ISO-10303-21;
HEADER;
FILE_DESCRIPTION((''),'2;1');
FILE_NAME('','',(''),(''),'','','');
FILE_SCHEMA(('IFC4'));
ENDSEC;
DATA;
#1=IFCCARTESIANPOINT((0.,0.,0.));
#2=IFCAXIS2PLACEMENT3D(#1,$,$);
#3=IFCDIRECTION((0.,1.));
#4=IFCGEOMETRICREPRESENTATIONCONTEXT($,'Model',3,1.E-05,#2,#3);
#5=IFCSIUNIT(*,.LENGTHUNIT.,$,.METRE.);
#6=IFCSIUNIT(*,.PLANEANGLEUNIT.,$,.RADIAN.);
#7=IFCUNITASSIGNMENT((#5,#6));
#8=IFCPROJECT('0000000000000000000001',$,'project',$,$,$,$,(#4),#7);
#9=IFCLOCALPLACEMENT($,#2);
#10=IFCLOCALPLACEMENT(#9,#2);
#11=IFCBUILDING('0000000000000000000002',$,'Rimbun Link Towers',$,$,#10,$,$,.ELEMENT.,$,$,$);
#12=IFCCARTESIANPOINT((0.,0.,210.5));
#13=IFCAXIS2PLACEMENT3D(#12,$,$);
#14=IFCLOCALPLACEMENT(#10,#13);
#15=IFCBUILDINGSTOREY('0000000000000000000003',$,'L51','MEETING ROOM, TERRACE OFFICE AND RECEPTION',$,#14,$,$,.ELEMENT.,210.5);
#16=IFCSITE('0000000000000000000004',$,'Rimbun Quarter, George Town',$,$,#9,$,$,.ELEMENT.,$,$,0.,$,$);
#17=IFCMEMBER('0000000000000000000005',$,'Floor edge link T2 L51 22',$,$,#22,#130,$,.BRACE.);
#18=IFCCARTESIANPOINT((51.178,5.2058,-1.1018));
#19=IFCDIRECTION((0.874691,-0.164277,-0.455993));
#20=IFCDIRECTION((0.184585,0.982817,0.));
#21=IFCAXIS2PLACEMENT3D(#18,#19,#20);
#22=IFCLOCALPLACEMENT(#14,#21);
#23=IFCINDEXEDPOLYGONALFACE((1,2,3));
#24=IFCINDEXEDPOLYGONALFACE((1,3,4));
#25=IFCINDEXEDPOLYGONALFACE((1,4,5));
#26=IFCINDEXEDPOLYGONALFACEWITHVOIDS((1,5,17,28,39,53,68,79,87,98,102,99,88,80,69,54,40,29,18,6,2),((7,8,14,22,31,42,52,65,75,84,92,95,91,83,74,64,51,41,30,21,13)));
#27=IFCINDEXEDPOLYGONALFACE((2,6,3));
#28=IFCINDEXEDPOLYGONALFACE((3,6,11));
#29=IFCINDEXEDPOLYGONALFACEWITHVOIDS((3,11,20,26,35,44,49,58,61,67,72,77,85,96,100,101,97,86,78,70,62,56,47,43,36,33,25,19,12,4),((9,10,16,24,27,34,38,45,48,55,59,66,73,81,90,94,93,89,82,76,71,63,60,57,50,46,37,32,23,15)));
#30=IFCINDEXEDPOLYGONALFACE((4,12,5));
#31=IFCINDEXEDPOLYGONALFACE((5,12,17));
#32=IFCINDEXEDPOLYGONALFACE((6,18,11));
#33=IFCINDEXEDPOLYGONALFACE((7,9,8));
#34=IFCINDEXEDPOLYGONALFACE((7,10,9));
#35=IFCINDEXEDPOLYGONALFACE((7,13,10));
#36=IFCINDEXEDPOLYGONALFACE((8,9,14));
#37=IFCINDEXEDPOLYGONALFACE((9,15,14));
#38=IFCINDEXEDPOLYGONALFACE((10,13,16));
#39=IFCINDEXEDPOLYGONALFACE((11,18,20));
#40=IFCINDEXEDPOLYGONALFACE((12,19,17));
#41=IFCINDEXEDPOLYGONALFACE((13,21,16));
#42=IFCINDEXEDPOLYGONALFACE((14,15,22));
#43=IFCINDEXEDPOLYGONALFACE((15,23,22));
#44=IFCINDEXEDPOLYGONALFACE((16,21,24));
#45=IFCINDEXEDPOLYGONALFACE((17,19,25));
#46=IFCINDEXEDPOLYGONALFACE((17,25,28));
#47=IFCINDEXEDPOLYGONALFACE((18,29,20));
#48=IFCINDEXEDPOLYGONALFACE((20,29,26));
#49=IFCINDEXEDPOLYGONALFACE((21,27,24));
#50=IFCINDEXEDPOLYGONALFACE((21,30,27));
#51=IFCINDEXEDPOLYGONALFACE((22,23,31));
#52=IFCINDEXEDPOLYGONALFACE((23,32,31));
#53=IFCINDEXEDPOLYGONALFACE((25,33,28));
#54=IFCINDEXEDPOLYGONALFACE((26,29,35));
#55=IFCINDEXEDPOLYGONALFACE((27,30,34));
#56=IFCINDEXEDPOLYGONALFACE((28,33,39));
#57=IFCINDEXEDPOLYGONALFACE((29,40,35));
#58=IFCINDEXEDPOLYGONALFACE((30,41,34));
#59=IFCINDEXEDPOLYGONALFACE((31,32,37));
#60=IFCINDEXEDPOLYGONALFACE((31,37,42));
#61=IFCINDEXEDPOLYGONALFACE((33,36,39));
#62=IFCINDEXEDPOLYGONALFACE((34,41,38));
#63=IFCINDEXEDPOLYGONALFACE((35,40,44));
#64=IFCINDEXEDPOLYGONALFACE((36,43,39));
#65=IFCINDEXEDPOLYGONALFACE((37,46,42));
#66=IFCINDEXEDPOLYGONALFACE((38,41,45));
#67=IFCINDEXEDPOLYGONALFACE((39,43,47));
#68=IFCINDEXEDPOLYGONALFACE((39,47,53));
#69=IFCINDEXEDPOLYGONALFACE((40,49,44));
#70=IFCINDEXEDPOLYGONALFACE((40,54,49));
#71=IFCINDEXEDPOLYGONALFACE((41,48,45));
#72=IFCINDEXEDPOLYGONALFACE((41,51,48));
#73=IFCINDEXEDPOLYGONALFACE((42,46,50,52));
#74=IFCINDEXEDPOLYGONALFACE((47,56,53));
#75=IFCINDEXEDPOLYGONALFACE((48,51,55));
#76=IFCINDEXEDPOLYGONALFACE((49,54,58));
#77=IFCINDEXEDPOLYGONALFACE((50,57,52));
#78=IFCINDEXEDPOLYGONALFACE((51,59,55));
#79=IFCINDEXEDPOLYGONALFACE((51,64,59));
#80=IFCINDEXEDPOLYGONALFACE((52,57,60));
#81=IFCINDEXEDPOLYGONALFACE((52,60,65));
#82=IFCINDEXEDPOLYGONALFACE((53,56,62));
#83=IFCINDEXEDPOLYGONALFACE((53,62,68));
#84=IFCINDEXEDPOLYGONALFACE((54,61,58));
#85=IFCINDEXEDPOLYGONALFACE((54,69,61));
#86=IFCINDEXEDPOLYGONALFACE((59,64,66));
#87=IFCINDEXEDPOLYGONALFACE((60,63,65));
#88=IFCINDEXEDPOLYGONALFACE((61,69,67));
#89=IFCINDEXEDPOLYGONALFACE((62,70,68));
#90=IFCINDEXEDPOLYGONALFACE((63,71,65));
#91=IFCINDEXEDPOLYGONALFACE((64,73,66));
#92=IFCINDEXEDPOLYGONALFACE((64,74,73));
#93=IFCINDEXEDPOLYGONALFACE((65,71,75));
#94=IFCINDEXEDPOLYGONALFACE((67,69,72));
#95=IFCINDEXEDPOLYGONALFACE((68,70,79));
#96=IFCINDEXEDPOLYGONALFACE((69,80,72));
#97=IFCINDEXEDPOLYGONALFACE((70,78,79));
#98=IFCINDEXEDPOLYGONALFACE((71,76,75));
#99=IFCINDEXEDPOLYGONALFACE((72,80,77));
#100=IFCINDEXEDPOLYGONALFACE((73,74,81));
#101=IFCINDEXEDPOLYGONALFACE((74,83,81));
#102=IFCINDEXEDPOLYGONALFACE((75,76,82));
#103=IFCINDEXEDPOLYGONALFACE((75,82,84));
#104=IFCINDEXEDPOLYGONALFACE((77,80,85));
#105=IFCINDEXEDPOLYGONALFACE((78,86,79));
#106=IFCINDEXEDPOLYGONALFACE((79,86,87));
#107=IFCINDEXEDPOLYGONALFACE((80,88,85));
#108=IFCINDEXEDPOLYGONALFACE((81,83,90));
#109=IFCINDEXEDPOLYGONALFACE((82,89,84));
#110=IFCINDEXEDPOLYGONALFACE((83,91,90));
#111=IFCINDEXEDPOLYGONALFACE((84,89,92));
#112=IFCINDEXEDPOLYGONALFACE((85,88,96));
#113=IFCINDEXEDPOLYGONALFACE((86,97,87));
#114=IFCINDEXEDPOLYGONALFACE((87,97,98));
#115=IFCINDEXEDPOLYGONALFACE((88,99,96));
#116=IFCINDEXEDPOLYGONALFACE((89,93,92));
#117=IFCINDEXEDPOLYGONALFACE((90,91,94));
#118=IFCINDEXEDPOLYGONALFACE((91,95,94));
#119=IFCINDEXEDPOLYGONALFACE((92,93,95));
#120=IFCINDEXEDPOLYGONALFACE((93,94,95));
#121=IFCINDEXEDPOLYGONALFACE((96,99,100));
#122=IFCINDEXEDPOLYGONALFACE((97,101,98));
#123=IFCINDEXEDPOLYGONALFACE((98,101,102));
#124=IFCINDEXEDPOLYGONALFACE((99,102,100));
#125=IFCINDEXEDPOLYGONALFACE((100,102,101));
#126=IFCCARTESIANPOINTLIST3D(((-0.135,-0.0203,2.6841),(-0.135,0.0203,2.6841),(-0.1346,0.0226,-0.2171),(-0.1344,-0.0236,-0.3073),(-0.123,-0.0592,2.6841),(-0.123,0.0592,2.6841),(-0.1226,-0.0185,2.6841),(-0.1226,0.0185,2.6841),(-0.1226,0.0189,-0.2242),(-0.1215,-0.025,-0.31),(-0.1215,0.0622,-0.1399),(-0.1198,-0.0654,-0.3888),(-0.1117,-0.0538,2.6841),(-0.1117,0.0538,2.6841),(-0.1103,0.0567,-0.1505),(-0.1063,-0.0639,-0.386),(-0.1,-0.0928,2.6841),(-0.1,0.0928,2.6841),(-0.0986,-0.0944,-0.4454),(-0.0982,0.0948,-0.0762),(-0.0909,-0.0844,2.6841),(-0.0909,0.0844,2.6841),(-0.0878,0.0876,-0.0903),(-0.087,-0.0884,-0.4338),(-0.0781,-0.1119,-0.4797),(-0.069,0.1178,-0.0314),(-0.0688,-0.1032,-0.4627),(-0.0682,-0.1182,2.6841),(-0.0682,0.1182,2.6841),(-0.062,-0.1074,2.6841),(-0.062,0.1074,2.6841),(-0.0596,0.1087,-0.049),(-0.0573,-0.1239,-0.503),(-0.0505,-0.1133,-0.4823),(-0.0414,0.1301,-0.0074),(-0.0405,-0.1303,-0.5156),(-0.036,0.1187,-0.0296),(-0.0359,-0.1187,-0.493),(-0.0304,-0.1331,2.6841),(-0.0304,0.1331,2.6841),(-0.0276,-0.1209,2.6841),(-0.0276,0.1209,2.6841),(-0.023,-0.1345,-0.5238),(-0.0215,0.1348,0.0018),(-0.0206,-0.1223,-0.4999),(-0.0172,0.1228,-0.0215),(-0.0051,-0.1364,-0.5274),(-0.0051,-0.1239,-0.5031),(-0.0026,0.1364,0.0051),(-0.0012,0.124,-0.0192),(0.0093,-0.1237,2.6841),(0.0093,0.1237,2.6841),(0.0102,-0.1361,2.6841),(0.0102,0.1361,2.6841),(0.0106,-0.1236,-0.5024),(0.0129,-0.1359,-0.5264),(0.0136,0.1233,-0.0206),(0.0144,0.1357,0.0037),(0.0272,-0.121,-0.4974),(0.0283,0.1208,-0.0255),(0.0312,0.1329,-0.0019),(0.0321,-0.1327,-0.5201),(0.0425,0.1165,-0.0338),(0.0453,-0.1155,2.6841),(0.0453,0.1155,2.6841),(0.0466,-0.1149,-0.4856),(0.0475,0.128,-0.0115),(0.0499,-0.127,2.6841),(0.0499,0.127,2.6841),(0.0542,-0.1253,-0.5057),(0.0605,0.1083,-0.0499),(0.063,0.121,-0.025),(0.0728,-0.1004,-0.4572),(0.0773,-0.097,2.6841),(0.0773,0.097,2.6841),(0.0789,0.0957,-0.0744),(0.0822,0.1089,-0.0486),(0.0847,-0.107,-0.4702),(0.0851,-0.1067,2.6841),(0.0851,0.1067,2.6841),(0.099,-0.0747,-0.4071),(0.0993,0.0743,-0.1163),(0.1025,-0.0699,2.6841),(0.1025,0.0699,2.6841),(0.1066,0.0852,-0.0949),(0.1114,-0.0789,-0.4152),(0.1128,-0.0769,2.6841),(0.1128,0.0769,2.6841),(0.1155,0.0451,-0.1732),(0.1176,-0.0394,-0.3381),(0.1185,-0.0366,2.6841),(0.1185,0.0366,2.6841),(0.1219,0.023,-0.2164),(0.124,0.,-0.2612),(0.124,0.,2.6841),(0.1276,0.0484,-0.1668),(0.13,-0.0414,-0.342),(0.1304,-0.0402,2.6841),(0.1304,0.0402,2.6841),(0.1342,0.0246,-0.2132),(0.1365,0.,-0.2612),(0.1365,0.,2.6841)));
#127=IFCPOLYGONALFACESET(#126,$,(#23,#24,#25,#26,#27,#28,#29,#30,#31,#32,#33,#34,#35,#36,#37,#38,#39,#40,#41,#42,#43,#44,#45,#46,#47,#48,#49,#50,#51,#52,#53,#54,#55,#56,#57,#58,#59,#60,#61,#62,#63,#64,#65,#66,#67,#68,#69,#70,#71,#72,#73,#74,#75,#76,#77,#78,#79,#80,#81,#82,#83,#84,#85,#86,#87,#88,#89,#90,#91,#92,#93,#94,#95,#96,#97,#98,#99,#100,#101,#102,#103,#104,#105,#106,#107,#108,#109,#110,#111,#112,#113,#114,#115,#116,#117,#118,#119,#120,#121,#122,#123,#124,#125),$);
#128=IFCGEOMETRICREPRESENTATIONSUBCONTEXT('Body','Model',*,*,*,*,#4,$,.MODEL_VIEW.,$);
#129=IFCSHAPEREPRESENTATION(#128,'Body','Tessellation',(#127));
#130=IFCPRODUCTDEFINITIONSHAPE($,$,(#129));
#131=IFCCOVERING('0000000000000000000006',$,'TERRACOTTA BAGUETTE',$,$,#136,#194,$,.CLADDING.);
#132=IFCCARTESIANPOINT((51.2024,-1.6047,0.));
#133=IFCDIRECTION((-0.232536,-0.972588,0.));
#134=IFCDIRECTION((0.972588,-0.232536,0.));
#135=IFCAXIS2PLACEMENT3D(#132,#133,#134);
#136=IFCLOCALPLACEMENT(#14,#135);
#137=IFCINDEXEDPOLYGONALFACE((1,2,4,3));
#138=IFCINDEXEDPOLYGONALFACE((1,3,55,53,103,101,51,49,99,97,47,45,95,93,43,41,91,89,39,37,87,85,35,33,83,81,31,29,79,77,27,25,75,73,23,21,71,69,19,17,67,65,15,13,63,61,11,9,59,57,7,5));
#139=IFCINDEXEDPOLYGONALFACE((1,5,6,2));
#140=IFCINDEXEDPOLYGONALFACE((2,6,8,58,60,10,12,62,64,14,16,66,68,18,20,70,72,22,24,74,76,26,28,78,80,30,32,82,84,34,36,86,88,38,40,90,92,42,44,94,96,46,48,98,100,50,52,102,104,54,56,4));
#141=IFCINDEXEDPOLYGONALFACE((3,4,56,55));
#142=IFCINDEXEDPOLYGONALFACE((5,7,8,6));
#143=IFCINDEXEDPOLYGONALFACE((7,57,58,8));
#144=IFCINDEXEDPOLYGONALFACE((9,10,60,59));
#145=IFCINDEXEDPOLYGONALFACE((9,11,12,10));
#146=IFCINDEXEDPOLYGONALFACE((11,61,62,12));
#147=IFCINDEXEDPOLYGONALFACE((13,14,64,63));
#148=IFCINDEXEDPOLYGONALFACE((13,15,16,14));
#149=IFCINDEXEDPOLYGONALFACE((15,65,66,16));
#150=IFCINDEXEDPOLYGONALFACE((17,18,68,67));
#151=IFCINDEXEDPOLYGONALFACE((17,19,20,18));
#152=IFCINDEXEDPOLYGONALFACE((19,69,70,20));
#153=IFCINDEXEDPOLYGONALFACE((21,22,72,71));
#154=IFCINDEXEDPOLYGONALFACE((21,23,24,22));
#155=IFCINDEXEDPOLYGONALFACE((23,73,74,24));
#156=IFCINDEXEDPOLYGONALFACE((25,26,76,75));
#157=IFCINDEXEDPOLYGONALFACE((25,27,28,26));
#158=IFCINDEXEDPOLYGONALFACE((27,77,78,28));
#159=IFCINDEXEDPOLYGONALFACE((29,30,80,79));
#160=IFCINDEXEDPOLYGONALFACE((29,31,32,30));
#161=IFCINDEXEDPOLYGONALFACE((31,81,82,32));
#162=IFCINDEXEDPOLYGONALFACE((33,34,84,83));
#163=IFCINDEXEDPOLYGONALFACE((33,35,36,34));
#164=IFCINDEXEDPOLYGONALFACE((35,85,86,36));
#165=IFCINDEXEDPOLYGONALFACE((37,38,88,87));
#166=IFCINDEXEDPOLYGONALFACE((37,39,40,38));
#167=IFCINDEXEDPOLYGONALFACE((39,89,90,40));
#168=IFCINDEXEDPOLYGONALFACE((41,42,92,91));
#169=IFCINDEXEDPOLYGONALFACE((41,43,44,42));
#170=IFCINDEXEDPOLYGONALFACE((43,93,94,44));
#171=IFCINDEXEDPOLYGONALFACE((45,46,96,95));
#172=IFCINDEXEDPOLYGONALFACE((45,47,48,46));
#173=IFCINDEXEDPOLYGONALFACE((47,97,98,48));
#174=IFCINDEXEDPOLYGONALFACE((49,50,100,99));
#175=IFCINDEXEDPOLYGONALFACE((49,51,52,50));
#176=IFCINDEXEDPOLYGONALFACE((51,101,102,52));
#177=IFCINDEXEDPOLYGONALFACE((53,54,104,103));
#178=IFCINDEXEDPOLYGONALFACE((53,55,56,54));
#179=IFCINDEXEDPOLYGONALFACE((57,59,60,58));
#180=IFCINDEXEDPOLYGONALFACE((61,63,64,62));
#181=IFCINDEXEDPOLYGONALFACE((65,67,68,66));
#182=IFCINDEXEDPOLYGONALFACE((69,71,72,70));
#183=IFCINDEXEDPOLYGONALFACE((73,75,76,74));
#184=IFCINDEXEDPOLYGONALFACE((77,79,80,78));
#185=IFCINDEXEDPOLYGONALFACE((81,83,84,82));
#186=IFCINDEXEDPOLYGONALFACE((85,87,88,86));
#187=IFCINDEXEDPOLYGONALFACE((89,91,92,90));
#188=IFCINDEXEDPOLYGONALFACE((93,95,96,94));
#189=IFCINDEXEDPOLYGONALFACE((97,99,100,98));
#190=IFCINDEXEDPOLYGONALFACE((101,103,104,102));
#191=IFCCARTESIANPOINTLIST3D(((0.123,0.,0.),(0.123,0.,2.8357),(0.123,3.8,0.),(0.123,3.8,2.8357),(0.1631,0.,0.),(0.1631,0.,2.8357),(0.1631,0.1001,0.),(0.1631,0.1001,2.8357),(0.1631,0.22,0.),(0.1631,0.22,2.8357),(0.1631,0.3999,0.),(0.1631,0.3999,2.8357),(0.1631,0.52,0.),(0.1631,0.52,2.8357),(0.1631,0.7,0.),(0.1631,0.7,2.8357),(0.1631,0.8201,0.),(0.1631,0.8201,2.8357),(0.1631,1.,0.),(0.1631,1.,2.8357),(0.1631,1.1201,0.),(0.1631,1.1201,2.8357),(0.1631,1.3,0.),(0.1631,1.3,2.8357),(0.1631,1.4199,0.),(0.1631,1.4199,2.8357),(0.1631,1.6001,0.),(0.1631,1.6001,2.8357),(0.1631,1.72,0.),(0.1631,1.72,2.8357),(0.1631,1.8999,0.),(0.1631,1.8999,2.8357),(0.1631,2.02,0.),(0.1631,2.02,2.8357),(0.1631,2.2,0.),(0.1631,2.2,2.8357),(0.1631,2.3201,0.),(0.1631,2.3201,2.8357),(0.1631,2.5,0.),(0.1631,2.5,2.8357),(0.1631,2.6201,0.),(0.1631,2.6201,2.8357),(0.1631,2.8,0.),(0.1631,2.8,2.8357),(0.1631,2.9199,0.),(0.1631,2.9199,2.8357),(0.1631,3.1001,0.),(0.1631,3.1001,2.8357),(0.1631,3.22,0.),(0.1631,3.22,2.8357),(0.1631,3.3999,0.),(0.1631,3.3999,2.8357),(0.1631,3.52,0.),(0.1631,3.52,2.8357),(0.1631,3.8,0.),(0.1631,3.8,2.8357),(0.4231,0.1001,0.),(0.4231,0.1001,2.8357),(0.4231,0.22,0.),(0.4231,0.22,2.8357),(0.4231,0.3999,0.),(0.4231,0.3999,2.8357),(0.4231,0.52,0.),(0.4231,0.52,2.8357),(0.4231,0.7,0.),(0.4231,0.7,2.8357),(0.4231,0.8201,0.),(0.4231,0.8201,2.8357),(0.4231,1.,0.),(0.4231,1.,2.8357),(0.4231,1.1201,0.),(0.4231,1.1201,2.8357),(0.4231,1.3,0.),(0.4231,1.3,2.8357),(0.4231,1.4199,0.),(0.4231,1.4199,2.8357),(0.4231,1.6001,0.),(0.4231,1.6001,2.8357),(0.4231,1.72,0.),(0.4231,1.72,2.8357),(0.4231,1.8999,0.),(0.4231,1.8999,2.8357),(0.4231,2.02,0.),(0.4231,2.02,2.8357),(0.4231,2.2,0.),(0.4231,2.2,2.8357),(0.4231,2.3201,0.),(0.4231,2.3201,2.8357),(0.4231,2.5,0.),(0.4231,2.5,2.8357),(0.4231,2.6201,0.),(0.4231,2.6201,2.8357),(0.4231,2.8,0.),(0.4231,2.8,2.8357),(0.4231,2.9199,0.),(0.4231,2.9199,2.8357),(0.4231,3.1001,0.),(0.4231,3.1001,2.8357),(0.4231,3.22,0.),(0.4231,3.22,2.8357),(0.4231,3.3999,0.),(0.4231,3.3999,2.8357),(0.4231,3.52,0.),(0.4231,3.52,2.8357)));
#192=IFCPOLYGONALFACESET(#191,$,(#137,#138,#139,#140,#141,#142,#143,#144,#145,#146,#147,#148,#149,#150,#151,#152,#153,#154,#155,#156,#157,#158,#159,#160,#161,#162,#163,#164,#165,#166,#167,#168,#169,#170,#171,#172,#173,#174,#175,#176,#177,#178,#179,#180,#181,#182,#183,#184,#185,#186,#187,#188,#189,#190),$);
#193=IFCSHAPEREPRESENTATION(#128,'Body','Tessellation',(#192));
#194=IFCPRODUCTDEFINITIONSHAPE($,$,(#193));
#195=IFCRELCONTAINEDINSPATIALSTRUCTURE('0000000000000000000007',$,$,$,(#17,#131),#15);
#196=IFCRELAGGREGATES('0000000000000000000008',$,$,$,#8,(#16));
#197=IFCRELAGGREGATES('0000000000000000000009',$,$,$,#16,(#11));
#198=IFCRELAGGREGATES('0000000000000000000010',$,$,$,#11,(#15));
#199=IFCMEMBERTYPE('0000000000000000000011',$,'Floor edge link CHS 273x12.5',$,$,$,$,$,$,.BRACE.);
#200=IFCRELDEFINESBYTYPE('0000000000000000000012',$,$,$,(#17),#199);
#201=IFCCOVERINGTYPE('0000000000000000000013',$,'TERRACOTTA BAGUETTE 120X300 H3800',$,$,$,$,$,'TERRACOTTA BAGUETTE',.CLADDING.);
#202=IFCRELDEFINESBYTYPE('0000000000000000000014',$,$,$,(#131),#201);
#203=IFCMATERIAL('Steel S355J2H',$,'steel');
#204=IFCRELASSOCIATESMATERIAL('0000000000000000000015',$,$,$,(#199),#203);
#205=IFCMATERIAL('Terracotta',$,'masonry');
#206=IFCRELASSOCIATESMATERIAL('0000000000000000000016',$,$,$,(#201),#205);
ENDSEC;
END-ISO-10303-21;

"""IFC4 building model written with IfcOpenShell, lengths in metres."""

from ifc_helpers import new_model, si_unit, direction, frame, origin, origin_2d, place, context, subcontext, project, spatial, polyline, hollow_circle, outline, extrude, clip, halfspace, material, material_profile, profile_set, type_object, element, save


model = new_model("IFC4")

# Units and contexts
model_context = context("Model", 3, precision=1e-05, world=origin(), true_north=direction((0.0, 1.0)))
body_context = subcontext(model_context, "Body", "Model", "MODEL_VIEW")
ifc_project = project(units=[si_unit("LENGTHUNIT", "METRE"), si_unit("PLANEANGLEUNIT", "RADIAN")], contexts=[model_context])

# Site, building, storey
site_placement = place(None, origin())
site = spatial("IfcSite", under=ifc_project, at=site_placement, Name="Rimbun Quarter, George Town", CompositionType="ELEMENT", RefElevation=0.0)
building_placement = place(site_placement, origin())
building = spatial("IfcBuilding", under=site, at=building_placement, Name="Rimbun Link Towers", CompositionType="ELEMENT")
storey_placement = place(building_placement, frame((0.0, 0.0, 210.5)))
storey = spatial("IfcBuildingStorey", under=building, at=storey_placement, Name="L51", Description="MEETING ROOM, TERRACE OFFICE AND RECEPTION", CompositionType="ELEMENT", Elevation=210.5)

# Member
ifc_material_1 = material(Name="Steel S355J2H", Category="steel")
ifc_material_profile_1 = material_profile(ifc_material_1, hollow_circle(Radius=0.1365, WallThickness=0.0125, at=origin_2d()), Name="CHS 273x12.5")
ifc_profile_set_1 = profile_set([ifc_material_profile_1], Name="Steel S355J2H")
member_type_1 = type_object("IfcMemberType", Name="Floor edge link CHS 273x12.5", PredefinedType="BRACE", material=ifc_profile_set_1)
member_1_placement = place(storey_placement, frame((51.178, 5.2058, -1.1018), z_axis=(0.874691, -0.164277, -0.455993), x_axis=(0.184585, 0.982817, 0.0)))
element("IfcMember", 1, at=member_1_placement, inside=storey, type_object=member_type_1, Name="Floor edge link T2 L51 22", PredefinedType="BRACE", context=body_context, shape_type="Clipping", body=[
    clip(extrude(hollow_circle(Radius=0.1365, WallThickness=0.0125, at=origin_2d()), frame((0.0, 0.0, -0.5547)), (0.0, 0.0, 1.0), 3.2388), halfspace(frame((0.0, 0.0, -0.2612), z_axis=(0.0, 0.889984, -0.455993)), False)),
])

# Covering
ifc_material_2 = material(Name="Terracotta", Category="masonry")
ifc_material_profile_2 = material_profile(ifc_material_2, outline(polyline([(0.123, 0.0), (0.1631, 0.0), (0.1631, 0.1001), (0.4231, 0.1001), (0.4231, 0.22), (0.1631, 0.22), (0.1631, 0.3999), (0.4231, 0.3999), (0.4231, 0.52), (0.1631, 0.52), (0.1631, 0.7), (0.4231, 0.7), (0.4231, 0.8201), (0.1631, 0.8201), (0.1631, 1.0), (0.4231, 1.0), (0.4231, 1.1201), (0.1631, 1.1201), (0.1631, 1.3), (0.4231, 1.3), (0.4231, 1.4199), (0.1631, 1.4199), (0.1631, 1.6001), (0.4231, 1.6001), (0.4231, 1.72), (0.1631, 1.72), (0.1631, 1.8999), (0.4231, 1.8999), (0.4231, 2.02), (0.1631, 2.02), (0.1631, 2.2), (0.4231, 2.2), (0.4231, 2.3201), (0.1631, 2.3201), (0.1631, 2.5), (0.4231, 2.5), (0.4231, 2.6201), (0.1631, 2.6201), (0.1631, 2.8), (0.4231, 2.8), (0.4231, 2.9199), (0.1631, 2.9199), (0.1631, 3.1001), (0.4231, 3.1001), (0.4231, 3.22), (0.1631, 3.22), (0.1631, 3.3999), (0.4231, 3.3999), (0.4231, 3.52), (0.1631, 3.52), (0.1631, 3.8), (0.123, 3.8), (0.123, 0.0)])), Name="BAGUETTE 120X300")
ifc_profile_set_2 = profile_set([ifc_material_profile_2], Name="Terracotta")
covering_type = type_object("IfcCoveringType", Name="TERRACOTTA BAGUETTE 120X300 H3800", ElementType="TERRACOTTA BAGUETTE", PredefinedType="CLADDING", material=ifc_profile_set_2)
covering_1_placement = place(storey_placement, frame((51.2024, -1.6047, 0.0), z_axis=(-0.232536, -0.972588, 0.0), x_axis=(0.972588, -0.232536, 0.0)))
element("IfcCovering", 2, at=covering_1_placement, inside=storey, type_object=covering_type, Name="TERRACOTTA BAGUETTE", PredefinedType="CLADDING", context=body_context, shape_type="SweptSolid", body=[
    extrude(outline(polyline([(0.123, 0.0), (0.1631, 0.0), (0.1631, 0.1001), (0.4231, 0.1001), (0.4231, 0.22), (0.1631, 0.22), (0.1631, 0.3999), (0.4231, 0.3999), (0.4231, 0.52), (0.1631, 0.52), (0.1631, 0.7), (0.4231, 0.7), (0.4231, 0.8201), (0.1631, 0.8201), (0.1631, 1.0), (0.4231, 1.0), (0.4231, 1.1201), (0.1631, 1.1201), (0.1631, 1.3), (0.4231, 1.3), (0.4231, 1.4199), (0.1631, 1.4199), (0.1631, 1.6001), (0.4231, 1.6001), (0.4231, 1.72), (0.1631, 1.72), (0.1631, 1.8999), (0.4231, 1.8999), (0.4231, 2.02), (0.1631, 2.02), (0.1631, 2.2), (0.4231, 2.2), (0.4231, 2.3201), (0.1631, 2.3201), (0.1631, 2.5), (0.4231, 2.5), (0.4231, 2.6201), (0.1631, 2.6201), (0.1631, 2.8), (0.4231, 2.8), (0.4231, 2.9199), (0.1631, 2.9199), (0.1631, 3.1001), (0.4231, 3.1001), (0.4231, 3.22), (0.1631, 3.22), (0.1631, 3.3999), (0.4231, 3.3999), (0.4231, 3.52), (0.1631, 3.52), (0.1631, 3.8), (0.123, 3.8), (0.123, 0.0)])), origin(), (0.0, 0.0, 1.0), 2.8357),
])

save(model, "model.ifc")
